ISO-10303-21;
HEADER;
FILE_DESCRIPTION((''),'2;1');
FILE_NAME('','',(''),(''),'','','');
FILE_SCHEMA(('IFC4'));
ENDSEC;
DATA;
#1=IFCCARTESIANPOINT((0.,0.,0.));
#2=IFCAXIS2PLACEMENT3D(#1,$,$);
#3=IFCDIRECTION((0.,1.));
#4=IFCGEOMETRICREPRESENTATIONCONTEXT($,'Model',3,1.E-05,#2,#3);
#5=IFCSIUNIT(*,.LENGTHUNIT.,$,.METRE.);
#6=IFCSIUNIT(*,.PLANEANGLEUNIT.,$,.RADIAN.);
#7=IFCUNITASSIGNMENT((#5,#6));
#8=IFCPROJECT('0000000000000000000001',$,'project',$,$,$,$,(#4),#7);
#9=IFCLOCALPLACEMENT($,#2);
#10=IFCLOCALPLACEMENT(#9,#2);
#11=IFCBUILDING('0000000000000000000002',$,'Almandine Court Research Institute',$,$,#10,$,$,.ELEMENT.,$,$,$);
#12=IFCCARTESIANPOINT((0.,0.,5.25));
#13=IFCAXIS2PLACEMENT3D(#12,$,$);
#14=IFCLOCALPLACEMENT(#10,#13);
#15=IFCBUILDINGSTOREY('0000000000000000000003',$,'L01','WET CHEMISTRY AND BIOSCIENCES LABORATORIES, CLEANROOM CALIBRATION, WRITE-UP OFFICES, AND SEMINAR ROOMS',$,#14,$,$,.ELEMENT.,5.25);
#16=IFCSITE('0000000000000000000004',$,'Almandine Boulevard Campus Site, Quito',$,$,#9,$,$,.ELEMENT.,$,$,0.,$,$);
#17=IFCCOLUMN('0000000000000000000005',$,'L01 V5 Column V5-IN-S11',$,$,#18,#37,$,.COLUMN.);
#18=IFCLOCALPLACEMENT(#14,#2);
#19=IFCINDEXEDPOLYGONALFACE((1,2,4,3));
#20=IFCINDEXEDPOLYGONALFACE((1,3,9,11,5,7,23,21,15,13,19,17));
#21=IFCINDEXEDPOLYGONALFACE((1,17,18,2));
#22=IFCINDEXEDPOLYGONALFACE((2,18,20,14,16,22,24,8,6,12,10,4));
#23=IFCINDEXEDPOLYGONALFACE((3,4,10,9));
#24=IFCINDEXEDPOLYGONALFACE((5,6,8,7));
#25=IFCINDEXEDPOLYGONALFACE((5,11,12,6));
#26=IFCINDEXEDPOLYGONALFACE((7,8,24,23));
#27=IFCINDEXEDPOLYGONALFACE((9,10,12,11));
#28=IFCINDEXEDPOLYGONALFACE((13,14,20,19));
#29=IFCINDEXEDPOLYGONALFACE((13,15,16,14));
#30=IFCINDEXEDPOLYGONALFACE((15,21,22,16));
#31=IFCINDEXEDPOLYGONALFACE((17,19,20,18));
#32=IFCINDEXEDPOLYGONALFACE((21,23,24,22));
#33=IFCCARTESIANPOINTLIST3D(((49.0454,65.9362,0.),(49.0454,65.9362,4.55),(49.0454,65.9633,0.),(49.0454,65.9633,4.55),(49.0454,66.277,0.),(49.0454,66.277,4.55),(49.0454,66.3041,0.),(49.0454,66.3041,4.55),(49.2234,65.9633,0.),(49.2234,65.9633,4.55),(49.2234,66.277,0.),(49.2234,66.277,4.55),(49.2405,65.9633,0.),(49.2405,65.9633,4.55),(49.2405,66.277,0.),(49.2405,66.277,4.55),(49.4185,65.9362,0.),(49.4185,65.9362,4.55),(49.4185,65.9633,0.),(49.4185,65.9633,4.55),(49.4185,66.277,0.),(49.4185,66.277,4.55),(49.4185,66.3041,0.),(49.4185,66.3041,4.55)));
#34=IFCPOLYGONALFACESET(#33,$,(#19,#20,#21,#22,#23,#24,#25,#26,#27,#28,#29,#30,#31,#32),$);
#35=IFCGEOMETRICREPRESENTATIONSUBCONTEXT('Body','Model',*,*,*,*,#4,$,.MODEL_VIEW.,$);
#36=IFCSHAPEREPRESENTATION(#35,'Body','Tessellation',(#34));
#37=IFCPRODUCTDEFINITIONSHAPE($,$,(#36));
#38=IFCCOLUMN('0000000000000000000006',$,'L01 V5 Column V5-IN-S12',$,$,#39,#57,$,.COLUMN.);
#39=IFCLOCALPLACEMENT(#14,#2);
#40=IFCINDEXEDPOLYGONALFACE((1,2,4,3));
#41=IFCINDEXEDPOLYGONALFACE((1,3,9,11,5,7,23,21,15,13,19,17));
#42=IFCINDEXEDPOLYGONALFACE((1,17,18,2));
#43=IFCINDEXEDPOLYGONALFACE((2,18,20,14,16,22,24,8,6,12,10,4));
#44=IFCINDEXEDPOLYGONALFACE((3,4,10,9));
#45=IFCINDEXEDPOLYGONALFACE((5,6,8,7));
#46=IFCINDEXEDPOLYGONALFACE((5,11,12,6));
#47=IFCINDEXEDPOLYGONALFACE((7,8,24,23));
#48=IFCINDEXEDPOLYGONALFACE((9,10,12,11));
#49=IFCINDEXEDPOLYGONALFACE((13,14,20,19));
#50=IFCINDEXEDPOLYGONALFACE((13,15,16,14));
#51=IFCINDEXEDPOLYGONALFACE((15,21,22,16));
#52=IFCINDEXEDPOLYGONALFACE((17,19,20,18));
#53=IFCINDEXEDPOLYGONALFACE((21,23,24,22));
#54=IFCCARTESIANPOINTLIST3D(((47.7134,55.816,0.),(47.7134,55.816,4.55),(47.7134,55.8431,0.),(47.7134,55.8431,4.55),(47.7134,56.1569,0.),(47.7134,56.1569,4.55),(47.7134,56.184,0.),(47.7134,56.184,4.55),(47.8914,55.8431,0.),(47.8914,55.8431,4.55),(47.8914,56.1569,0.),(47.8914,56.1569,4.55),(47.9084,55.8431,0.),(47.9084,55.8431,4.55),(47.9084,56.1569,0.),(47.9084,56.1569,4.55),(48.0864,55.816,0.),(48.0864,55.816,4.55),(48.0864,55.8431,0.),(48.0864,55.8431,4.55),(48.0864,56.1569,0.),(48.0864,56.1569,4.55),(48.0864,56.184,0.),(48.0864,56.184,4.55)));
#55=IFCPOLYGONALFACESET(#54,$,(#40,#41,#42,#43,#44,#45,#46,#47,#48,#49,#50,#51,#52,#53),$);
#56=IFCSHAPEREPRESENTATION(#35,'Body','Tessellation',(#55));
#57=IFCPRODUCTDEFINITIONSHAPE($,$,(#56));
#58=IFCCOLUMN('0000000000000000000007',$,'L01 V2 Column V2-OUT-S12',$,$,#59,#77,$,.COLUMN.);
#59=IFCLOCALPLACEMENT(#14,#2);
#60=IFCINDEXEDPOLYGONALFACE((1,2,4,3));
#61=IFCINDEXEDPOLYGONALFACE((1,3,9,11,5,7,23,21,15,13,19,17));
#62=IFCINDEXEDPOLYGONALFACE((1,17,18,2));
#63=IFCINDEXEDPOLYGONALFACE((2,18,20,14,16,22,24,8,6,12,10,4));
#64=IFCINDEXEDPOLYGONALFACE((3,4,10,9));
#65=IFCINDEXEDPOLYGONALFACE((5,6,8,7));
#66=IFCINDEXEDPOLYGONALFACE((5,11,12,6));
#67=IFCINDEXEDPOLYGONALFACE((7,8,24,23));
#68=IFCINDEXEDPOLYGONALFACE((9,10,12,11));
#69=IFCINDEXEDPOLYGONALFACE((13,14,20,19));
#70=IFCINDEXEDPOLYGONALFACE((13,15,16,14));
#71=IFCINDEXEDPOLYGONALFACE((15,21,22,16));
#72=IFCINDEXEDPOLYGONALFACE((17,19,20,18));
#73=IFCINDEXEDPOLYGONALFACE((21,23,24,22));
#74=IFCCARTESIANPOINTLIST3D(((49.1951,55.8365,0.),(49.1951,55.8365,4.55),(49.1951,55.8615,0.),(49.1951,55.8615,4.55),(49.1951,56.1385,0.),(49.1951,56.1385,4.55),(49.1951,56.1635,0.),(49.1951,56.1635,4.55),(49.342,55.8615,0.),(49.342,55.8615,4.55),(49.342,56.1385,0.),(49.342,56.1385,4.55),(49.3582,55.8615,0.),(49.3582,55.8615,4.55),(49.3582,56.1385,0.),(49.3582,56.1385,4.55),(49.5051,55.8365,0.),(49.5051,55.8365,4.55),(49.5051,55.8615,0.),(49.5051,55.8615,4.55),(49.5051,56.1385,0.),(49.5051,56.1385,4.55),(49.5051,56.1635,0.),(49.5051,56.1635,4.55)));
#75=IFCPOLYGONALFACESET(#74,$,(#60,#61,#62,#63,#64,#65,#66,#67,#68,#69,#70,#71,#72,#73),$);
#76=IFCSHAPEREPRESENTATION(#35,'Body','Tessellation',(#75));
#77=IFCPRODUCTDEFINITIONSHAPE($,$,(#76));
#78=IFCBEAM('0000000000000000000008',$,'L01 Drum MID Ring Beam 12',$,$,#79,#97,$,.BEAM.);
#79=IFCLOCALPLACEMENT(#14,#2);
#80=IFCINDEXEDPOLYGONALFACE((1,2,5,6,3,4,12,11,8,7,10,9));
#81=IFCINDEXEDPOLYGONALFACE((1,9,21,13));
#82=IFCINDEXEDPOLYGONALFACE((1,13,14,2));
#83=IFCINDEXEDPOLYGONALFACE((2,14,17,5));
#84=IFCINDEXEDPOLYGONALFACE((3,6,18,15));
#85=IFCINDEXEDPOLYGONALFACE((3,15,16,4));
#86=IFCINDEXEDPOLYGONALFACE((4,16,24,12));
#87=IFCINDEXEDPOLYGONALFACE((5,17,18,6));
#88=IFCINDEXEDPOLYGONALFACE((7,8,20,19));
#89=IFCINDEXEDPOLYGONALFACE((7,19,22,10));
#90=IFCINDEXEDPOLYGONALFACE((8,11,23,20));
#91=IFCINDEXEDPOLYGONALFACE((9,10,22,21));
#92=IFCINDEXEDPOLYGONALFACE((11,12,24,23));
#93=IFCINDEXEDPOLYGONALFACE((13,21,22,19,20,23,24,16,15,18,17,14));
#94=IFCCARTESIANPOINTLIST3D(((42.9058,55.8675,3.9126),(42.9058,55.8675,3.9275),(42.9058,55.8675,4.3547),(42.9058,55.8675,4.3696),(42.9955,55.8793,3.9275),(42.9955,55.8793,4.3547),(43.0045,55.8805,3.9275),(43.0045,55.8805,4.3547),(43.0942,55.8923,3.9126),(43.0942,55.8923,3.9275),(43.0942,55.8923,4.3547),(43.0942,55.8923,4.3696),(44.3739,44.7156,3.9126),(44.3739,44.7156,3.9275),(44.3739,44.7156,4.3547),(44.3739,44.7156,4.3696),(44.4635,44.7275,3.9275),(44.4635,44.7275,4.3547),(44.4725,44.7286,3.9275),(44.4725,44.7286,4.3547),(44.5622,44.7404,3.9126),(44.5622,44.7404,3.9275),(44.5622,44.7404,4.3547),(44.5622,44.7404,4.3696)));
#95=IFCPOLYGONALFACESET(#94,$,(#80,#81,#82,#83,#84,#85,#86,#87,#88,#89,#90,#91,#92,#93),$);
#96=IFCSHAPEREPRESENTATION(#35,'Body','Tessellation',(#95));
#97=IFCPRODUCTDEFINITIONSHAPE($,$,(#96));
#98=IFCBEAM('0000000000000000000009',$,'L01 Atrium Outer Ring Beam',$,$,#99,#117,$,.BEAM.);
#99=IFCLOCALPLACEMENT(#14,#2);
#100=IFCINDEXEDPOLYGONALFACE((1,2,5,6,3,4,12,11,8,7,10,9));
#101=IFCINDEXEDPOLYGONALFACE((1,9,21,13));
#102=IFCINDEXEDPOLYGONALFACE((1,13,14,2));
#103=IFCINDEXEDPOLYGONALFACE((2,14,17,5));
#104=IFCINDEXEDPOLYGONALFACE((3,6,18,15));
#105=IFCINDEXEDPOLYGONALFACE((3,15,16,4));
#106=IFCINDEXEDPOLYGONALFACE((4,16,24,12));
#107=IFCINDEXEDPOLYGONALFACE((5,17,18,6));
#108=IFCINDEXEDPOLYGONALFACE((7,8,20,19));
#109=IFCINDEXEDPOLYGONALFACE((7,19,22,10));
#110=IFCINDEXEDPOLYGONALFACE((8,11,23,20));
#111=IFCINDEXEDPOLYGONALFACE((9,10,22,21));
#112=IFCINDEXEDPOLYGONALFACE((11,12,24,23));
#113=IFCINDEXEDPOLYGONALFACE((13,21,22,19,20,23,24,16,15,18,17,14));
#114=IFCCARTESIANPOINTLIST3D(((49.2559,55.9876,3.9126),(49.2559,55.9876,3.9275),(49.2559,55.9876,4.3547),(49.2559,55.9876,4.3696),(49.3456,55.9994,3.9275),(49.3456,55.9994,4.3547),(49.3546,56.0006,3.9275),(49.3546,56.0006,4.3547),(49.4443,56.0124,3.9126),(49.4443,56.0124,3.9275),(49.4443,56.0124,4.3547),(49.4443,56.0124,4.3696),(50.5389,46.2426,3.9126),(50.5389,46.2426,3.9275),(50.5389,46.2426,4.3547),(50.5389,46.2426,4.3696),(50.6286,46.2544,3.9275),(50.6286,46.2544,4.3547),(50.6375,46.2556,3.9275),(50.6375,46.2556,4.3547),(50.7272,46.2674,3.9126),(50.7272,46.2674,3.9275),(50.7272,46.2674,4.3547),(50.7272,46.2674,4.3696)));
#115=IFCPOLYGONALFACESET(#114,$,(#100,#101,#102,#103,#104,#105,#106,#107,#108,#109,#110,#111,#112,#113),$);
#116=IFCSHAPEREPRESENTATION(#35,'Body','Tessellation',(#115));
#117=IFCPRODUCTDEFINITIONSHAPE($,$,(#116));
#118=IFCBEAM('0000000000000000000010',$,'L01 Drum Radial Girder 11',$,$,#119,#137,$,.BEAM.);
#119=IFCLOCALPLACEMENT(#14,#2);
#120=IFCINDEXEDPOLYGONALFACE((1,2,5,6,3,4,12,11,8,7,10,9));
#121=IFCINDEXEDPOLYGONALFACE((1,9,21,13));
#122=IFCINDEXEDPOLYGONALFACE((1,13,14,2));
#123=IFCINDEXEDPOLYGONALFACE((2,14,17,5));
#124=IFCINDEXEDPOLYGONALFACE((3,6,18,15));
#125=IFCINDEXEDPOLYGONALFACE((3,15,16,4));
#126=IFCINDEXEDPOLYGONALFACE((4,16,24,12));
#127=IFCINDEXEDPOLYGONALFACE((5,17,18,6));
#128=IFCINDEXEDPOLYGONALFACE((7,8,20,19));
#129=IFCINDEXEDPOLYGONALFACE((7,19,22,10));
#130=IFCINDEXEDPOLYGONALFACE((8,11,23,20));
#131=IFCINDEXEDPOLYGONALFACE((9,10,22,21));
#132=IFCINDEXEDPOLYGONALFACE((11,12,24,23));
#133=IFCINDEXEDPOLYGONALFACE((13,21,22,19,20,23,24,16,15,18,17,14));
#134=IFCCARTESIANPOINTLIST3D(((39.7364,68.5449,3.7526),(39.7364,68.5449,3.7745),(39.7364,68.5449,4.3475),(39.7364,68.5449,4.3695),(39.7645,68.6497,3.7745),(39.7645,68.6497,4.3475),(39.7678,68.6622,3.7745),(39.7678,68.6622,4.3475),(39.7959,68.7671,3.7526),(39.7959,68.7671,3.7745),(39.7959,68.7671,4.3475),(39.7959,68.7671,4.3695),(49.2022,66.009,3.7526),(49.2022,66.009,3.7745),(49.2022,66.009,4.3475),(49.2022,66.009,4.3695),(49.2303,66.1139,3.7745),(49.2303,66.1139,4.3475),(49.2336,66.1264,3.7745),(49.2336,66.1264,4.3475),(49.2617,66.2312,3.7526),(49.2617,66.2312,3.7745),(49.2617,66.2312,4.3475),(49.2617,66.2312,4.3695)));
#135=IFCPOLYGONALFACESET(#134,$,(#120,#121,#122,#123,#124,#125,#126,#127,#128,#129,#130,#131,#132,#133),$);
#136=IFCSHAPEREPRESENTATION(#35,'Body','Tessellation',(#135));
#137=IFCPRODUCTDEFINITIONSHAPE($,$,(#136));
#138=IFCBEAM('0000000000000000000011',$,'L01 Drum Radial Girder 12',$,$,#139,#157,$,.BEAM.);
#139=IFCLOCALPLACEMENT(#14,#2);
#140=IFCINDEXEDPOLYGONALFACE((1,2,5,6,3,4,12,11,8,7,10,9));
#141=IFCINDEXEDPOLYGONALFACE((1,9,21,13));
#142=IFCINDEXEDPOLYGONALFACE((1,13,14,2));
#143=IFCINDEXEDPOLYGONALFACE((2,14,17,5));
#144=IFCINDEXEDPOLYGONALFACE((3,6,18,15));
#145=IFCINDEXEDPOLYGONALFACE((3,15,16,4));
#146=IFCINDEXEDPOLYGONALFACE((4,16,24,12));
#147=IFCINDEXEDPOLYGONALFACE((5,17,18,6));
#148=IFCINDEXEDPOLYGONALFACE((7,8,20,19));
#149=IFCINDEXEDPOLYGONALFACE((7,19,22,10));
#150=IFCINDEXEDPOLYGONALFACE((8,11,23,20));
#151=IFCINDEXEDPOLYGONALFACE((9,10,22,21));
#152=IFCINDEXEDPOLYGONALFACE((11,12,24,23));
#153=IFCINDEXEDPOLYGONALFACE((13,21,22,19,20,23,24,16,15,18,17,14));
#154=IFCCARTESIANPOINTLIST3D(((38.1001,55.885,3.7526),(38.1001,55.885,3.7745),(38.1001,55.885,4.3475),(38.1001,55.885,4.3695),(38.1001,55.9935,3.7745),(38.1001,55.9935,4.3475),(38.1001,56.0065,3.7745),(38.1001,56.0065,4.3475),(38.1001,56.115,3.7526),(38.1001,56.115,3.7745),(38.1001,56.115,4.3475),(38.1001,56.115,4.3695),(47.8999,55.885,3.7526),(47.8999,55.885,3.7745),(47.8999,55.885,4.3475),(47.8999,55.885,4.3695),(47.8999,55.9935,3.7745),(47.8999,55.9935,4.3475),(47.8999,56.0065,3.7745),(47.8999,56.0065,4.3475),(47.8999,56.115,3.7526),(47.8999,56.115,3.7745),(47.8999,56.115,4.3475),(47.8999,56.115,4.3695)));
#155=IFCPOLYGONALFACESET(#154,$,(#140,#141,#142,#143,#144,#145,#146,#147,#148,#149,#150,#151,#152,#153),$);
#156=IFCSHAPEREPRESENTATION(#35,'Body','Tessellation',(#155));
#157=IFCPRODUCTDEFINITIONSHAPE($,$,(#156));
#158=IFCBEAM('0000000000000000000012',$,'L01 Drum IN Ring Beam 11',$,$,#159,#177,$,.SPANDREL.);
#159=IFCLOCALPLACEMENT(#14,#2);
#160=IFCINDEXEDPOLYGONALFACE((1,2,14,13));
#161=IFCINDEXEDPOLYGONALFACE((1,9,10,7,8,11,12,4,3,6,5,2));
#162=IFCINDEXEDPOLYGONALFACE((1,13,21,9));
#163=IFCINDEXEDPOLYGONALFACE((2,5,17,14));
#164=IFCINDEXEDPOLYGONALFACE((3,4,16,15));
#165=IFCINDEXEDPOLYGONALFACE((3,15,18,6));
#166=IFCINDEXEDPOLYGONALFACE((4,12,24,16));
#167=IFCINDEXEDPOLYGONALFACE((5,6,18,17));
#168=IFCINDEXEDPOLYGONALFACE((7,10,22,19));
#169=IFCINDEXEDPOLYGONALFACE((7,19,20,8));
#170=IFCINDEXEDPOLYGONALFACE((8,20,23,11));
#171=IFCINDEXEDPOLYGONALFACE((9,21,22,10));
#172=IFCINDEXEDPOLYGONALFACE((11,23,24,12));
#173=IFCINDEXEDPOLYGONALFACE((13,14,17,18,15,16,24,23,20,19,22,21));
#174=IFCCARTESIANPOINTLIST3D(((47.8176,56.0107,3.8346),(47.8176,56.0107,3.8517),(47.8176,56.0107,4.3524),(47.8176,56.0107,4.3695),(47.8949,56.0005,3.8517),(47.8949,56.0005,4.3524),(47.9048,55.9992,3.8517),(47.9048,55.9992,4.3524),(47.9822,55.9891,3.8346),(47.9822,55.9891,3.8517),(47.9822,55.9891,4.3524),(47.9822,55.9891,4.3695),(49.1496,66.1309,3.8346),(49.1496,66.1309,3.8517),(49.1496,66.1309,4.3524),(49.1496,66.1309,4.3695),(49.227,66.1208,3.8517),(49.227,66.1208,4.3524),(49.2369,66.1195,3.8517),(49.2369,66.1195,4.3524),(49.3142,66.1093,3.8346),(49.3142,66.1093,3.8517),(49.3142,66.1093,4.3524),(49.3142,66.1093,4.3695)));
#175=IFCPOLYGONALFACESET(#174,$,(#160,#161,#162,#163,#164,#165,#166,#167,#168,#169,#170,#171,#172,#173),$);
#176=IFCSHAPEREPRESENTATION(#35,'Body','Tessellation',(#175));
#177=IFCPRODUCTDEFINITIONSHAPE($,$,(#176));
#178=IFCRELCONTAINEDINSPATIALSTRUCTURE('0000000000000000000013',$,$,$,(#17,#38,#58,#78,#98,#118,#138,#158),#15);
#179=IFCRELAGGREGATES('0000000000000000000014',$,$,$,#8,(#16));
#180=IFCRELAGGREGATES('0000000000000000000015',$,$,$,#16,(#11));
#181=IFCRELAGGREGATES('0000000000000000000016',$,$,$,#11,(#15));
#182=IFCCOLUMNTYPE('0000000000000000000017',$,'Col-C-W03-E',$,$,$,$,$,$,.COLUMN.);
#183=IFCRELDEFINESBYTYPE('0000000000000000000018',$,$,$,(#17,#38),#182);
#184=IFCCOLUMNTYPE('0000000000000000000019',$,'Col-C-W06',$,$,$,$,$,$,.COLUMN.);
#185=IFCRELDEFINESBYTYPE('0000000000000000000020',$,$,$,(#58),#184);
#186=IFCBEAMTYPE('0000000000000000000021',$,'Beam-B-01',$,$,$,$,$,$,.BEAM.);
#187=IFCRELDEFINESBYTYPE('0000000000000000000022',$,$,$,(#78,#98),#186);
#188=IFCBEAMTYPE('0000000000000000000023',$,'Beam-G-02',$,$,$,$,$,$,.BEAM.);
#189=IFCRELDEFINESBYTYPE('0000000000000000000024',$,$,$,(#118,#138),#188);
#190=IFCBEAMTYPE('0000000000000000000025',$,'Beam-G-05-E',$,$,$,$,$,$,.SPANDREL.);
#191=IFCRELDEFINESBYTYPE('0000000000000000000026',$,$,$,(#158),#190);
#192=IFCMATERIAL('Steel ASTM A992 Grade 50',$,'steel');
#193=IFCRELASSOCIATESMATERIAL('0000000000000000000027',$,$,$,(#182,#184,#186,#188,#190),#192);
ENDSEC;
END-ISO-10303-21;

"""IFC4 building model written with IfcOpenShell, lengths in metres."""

from ifc_helpers import new_model, si_unit, direction, frame, origin, origin_2d, place, context, subcontext, project, spatial, i_section, extrude, material, material_profile, profile_set, type_object, element, save


model = new_model("IFC4")

# Units and contexts
model_context = context("Model", 3, precision=1e-05, world=origin(), true_north=direction((0.0, 1.0)))
body_context = subcontext(model_context, "Body", "Model", "MODEL_VIEW")
ifc_project = project(units=[si_unit("LENGTHUNIT", "METRE"), si_unit("PLANEANGLEUNIT", "RADIAN")], contexts=[model_context])

# Site, building, storey
site_placement = place(None, origin())
site = spatial("IfcSite", under=ifc_project, at=site_placement, Name="Almandine Boulevard Campus Site, Quito", CompositionType="ELEMENT", RefElevation=0.0)
building_placement = place(site_placement, origin())
building = spatial("IfcBuilding", under=site, at=building_placement, Name="Almandine Court Research Institute", CompositionType="ELEMENT")
storey_placement = place(building_placement, frame((0.0, 0.0, 5.25)))
storey = spatial("IfcBuildingStorey", under=building, at=storey_placement, Name="L01", Description="WET CHEMISTRY AND BIOSCIENCES LABORATORIES, CLEANROOM CALIBRATION, WRITE-UP OFFICES, AND SEMINAR ROOMS", CompositionType="ELEMENT", Elevation=5.25)

# Columns
ifc_material_1 = material(Name="Steel ASTM A992 Grade 50", Category="steel")
ifc_material_profile_1 = material_profile(ifc_material_1, i_section(OverallWidth=0.373, OverallDepth=0.3679, WebThickness=0.0171, FlangeThickness=0.0271, at=origin_2d()), Name="W360x179")
ifc_profile_set_1 = profile_set([ifc_material_profile_1], Name="Steel ASTM A992 Grade 50")
column_type_1 = type_object("IfcColumnType", Name="Col-C-W03-E", PredefinedType="COLUMN", material=ifc_profile_set_1)
for number, where, z_axis, x_axis, name in (
    (1, (49.2319, 66.1201, 0.0), (0.0, 0.0, 1.0), (1.0, 0.0, 0.0), "L01 V5 Column V5-IN-S11"),
    (2, (47.8999, 56.0, 0.0), (0.0, 0.0, 1.0), (1.0, 0.0, 0.0), "L01 V5 Column V5-IN-S12"),
):
    element("IfcColumn", number, at=place(storey_placement, frame(where, z_axis=z_axis, x_axis=x_axis)), inside=storey, type_object=column_type_1, Name=name, PredefinedType="COLUMN", context=body_context, shape_type="SweptSolid", body=[
        extrude(i_section(OverallWidth=0.373, OverallDepth=0.3679, WebThickness=0.0171, FlangeThickness=0.0271, at=origin_2d()), origin(), (0.0, 0.0, 1.0), 4.55),
    ])
ifc_material_profile_2 = material_profile(ifc_material_1, i_section(OverallWidth=0.3101, OverallDepth=0.3269, WebThickness=0.0161, FlangeThickness=0.0249, at=origin_2d()), Name="W310x158")
ifc_profile_set_2 = profile_set([ifc_material_profile_2], Name="Steel ASTM A992 Grade 50")
column_type_2 = type_object("IfcColumnType", Name="Col-C-W06", PredefinedType="COLUMN", material=ifc_profile_set_2)
column_placement = place(storey_placement, frame((49.3501, 56.0, 0.0), z_axis=(0.0, 0.0, 1.0), x_axis=(1.0, 0.0, 0.0)))
element("IfcColumn", 3, at=column_placement, inside=storey, type_object=column_type_2, Name="L01 V2 Column V2-OUT-S12", PredefinedType="COLUMN", context=body_context, shape_type="SweptSolid", body=[
    extrude(i_section(OverallWidth=0.3101, OverallDepth=0.3269, WebThickness=0.0161, FlangeThickness=0.0249, at=origin_2d()), origin(), (0.0, 0.0, 1.0), 4.55),
])

# Beams
ifc_material_profile_3 = material_profile(ifc_material_1, i_section(OverallWidth=0.1899, OverallDepth=0.457, WebThickness=0.009, FlangeThickness=0.0149, at=origin_2d()), Name="W460x74")
ifc_profile_set_3 = profile_set([ifc_material_profile_3], Name="Steel ASTM A992 Grade 50")
beam_type_1 = type_object("IfcBeamType", Name="Beam-B-01", PredefinedType="BEAM", material=ifc_profile_set_3)
beam_1_placement = place(storey_placement, frame((43.0, 55.8799, 4.1411), z_axis=(0.130513, -0.991447, 0.0), x_axis=(0.991447, 0.130513, 0.0)))
element("IfcBeam", 4, at=beam_1_placement, inside=storey, type_object=beam_type_1, Name="L01 Drum MID Ring Beam 12", PredefinedType="BEAM", context=body_context, shape_type="SweptSolid", body=[
    extrude(i_section(OverallWidth=0.1899, OverallDepth=0.457, WebThickness=0.009, FlangeThickness=0.0149, at=origin_2d()), origin(), (0.0, 0.0, 1.0), 11.248),
])
beam_2_placement = place(storey_placement, frame((49.3501, 56.0, 4.1411), z_axis=(0.130525, -0.991445, 0.0), x_axis=(0.991445, 0.130525, 0.0)))
element("IfcBeam", 5, at=beam_2_placement, inside=storey, type_object=beam_type_1, Name="L01 Atrium Outer Ring Beam", PredefinedType="BEAM", context=body_context, shape_type="SweptSolid", body=[
    extrude(i_section(OverallWidth=0.1899, OverallDepth=0.457, WebThickness=0.009, FlangeThickness=0.0149, at=origin_2d()), origin(), (0.0, 0.0, 1.0), 9.8291),
])
ifc_material_profile_4 = material_profile(ifc_material_1, i_section(OverallWidth=0.23, OverallDepth=0.6169, WebThickness=0.0129, FlangeThickness=0.022, at=origin_2d()), Name="W610x140")
ifc_profile_set_4 = profile_set([ifc_material_profile_4], Name="Steel ASTM A992 Grade 50")
beam_type_2 = type_object("IfcBeamType", Name="Beam-G-02", PredefinedType="BEAM", material=ifc_profile_set_4)
beam_3_placement = place(storey_placement, frame((49.2319, 66.1201, 4.061), z_axis=(-0.965938, 0.258774, 0.0), x_axis=(-0.258774, -0.965938, 0.0)))
element("IfcBeam", 6, at=beam_3_placement, inside=storey, type_object=beam_type_2, Name="L01 Drum Radial Girder 11", PredefinedType="BEAM", context=body_context, shape_type="SweptSolid", body=[
    extrude(i_section(OverallWidth=0.23, OverallDepth=0.6169, WebThickness=0.0129, FlangeThickness=0.022, at=origin_2d()), origin(), (0.0, 0.0, 1.0), 9.7996),
])
beam_4_placement = place(storey_placement, frame((47.8999, 56.0, 4.061), z_axis=(-1.0, 0.0, 0.0), x_axis=(0.0, -1.0, 0.0)))
element("IfcBeam", 7, at=beam_4_placement, inside=storey, type_object=beam_type_2, Name="L01 Drum Radial Girder 12", PredefinedType="BEAM", context=body_context, shape_type="SweptSolid", body=[
    extrude(i_section(OverallWidth=0.23, OverallDepth=0.6169, WebThickness=0.0129, FlangeThickness=0.022, at=origin_2d()), origin(), (0.0, 0.0, 1.0), 9.7998),
])
ifc_material_profile_5 = material_profile(ifc_material_1, i_section(OverallWidth=0.166, OverallDepth=0.5349, WebThickness=0.01, FlangeThickness=0.0171, at=origin_2d()), Name="W530x85")
ifc_profile_set_5 = profile_set([ifc_material_profile_5], Name="Steel ASTM A992 Grade 50")
beam_type_3 = type_object("IfcBeamType", Name="Beam-G-05-E", PredefinedType="SPANDREL", material=ifc_profile_set_5)
for number, where, z_axis, x_axis, name in (
    (8, (49.2319, 66.1201, 4.1021), (-0.130497, -0.991449, 0.0), (0.991449, -0.130497, 0.0), "L01 Drum IN Ring Beam 11"),
):
    element("IfcBeam", number, at=place(storey_placement, frame(where, z_axis=z_axis, x_axis=x_axis)), inside=storey, type_object=beam_type_3, Name=name, PredefinedType="SPANDREL", context=body_context, shape_type="SweptSolid", body=[
        extrude(i_section(OverallWidth=0.166, OverallDepth=0.5349, WebThickness=0.01, FlangeThickness=0.0171, at=origin_2d()), origin(), (0.0, 0.0, 1.0), 10.2075),
    ])

save(model, "model.ifc")
